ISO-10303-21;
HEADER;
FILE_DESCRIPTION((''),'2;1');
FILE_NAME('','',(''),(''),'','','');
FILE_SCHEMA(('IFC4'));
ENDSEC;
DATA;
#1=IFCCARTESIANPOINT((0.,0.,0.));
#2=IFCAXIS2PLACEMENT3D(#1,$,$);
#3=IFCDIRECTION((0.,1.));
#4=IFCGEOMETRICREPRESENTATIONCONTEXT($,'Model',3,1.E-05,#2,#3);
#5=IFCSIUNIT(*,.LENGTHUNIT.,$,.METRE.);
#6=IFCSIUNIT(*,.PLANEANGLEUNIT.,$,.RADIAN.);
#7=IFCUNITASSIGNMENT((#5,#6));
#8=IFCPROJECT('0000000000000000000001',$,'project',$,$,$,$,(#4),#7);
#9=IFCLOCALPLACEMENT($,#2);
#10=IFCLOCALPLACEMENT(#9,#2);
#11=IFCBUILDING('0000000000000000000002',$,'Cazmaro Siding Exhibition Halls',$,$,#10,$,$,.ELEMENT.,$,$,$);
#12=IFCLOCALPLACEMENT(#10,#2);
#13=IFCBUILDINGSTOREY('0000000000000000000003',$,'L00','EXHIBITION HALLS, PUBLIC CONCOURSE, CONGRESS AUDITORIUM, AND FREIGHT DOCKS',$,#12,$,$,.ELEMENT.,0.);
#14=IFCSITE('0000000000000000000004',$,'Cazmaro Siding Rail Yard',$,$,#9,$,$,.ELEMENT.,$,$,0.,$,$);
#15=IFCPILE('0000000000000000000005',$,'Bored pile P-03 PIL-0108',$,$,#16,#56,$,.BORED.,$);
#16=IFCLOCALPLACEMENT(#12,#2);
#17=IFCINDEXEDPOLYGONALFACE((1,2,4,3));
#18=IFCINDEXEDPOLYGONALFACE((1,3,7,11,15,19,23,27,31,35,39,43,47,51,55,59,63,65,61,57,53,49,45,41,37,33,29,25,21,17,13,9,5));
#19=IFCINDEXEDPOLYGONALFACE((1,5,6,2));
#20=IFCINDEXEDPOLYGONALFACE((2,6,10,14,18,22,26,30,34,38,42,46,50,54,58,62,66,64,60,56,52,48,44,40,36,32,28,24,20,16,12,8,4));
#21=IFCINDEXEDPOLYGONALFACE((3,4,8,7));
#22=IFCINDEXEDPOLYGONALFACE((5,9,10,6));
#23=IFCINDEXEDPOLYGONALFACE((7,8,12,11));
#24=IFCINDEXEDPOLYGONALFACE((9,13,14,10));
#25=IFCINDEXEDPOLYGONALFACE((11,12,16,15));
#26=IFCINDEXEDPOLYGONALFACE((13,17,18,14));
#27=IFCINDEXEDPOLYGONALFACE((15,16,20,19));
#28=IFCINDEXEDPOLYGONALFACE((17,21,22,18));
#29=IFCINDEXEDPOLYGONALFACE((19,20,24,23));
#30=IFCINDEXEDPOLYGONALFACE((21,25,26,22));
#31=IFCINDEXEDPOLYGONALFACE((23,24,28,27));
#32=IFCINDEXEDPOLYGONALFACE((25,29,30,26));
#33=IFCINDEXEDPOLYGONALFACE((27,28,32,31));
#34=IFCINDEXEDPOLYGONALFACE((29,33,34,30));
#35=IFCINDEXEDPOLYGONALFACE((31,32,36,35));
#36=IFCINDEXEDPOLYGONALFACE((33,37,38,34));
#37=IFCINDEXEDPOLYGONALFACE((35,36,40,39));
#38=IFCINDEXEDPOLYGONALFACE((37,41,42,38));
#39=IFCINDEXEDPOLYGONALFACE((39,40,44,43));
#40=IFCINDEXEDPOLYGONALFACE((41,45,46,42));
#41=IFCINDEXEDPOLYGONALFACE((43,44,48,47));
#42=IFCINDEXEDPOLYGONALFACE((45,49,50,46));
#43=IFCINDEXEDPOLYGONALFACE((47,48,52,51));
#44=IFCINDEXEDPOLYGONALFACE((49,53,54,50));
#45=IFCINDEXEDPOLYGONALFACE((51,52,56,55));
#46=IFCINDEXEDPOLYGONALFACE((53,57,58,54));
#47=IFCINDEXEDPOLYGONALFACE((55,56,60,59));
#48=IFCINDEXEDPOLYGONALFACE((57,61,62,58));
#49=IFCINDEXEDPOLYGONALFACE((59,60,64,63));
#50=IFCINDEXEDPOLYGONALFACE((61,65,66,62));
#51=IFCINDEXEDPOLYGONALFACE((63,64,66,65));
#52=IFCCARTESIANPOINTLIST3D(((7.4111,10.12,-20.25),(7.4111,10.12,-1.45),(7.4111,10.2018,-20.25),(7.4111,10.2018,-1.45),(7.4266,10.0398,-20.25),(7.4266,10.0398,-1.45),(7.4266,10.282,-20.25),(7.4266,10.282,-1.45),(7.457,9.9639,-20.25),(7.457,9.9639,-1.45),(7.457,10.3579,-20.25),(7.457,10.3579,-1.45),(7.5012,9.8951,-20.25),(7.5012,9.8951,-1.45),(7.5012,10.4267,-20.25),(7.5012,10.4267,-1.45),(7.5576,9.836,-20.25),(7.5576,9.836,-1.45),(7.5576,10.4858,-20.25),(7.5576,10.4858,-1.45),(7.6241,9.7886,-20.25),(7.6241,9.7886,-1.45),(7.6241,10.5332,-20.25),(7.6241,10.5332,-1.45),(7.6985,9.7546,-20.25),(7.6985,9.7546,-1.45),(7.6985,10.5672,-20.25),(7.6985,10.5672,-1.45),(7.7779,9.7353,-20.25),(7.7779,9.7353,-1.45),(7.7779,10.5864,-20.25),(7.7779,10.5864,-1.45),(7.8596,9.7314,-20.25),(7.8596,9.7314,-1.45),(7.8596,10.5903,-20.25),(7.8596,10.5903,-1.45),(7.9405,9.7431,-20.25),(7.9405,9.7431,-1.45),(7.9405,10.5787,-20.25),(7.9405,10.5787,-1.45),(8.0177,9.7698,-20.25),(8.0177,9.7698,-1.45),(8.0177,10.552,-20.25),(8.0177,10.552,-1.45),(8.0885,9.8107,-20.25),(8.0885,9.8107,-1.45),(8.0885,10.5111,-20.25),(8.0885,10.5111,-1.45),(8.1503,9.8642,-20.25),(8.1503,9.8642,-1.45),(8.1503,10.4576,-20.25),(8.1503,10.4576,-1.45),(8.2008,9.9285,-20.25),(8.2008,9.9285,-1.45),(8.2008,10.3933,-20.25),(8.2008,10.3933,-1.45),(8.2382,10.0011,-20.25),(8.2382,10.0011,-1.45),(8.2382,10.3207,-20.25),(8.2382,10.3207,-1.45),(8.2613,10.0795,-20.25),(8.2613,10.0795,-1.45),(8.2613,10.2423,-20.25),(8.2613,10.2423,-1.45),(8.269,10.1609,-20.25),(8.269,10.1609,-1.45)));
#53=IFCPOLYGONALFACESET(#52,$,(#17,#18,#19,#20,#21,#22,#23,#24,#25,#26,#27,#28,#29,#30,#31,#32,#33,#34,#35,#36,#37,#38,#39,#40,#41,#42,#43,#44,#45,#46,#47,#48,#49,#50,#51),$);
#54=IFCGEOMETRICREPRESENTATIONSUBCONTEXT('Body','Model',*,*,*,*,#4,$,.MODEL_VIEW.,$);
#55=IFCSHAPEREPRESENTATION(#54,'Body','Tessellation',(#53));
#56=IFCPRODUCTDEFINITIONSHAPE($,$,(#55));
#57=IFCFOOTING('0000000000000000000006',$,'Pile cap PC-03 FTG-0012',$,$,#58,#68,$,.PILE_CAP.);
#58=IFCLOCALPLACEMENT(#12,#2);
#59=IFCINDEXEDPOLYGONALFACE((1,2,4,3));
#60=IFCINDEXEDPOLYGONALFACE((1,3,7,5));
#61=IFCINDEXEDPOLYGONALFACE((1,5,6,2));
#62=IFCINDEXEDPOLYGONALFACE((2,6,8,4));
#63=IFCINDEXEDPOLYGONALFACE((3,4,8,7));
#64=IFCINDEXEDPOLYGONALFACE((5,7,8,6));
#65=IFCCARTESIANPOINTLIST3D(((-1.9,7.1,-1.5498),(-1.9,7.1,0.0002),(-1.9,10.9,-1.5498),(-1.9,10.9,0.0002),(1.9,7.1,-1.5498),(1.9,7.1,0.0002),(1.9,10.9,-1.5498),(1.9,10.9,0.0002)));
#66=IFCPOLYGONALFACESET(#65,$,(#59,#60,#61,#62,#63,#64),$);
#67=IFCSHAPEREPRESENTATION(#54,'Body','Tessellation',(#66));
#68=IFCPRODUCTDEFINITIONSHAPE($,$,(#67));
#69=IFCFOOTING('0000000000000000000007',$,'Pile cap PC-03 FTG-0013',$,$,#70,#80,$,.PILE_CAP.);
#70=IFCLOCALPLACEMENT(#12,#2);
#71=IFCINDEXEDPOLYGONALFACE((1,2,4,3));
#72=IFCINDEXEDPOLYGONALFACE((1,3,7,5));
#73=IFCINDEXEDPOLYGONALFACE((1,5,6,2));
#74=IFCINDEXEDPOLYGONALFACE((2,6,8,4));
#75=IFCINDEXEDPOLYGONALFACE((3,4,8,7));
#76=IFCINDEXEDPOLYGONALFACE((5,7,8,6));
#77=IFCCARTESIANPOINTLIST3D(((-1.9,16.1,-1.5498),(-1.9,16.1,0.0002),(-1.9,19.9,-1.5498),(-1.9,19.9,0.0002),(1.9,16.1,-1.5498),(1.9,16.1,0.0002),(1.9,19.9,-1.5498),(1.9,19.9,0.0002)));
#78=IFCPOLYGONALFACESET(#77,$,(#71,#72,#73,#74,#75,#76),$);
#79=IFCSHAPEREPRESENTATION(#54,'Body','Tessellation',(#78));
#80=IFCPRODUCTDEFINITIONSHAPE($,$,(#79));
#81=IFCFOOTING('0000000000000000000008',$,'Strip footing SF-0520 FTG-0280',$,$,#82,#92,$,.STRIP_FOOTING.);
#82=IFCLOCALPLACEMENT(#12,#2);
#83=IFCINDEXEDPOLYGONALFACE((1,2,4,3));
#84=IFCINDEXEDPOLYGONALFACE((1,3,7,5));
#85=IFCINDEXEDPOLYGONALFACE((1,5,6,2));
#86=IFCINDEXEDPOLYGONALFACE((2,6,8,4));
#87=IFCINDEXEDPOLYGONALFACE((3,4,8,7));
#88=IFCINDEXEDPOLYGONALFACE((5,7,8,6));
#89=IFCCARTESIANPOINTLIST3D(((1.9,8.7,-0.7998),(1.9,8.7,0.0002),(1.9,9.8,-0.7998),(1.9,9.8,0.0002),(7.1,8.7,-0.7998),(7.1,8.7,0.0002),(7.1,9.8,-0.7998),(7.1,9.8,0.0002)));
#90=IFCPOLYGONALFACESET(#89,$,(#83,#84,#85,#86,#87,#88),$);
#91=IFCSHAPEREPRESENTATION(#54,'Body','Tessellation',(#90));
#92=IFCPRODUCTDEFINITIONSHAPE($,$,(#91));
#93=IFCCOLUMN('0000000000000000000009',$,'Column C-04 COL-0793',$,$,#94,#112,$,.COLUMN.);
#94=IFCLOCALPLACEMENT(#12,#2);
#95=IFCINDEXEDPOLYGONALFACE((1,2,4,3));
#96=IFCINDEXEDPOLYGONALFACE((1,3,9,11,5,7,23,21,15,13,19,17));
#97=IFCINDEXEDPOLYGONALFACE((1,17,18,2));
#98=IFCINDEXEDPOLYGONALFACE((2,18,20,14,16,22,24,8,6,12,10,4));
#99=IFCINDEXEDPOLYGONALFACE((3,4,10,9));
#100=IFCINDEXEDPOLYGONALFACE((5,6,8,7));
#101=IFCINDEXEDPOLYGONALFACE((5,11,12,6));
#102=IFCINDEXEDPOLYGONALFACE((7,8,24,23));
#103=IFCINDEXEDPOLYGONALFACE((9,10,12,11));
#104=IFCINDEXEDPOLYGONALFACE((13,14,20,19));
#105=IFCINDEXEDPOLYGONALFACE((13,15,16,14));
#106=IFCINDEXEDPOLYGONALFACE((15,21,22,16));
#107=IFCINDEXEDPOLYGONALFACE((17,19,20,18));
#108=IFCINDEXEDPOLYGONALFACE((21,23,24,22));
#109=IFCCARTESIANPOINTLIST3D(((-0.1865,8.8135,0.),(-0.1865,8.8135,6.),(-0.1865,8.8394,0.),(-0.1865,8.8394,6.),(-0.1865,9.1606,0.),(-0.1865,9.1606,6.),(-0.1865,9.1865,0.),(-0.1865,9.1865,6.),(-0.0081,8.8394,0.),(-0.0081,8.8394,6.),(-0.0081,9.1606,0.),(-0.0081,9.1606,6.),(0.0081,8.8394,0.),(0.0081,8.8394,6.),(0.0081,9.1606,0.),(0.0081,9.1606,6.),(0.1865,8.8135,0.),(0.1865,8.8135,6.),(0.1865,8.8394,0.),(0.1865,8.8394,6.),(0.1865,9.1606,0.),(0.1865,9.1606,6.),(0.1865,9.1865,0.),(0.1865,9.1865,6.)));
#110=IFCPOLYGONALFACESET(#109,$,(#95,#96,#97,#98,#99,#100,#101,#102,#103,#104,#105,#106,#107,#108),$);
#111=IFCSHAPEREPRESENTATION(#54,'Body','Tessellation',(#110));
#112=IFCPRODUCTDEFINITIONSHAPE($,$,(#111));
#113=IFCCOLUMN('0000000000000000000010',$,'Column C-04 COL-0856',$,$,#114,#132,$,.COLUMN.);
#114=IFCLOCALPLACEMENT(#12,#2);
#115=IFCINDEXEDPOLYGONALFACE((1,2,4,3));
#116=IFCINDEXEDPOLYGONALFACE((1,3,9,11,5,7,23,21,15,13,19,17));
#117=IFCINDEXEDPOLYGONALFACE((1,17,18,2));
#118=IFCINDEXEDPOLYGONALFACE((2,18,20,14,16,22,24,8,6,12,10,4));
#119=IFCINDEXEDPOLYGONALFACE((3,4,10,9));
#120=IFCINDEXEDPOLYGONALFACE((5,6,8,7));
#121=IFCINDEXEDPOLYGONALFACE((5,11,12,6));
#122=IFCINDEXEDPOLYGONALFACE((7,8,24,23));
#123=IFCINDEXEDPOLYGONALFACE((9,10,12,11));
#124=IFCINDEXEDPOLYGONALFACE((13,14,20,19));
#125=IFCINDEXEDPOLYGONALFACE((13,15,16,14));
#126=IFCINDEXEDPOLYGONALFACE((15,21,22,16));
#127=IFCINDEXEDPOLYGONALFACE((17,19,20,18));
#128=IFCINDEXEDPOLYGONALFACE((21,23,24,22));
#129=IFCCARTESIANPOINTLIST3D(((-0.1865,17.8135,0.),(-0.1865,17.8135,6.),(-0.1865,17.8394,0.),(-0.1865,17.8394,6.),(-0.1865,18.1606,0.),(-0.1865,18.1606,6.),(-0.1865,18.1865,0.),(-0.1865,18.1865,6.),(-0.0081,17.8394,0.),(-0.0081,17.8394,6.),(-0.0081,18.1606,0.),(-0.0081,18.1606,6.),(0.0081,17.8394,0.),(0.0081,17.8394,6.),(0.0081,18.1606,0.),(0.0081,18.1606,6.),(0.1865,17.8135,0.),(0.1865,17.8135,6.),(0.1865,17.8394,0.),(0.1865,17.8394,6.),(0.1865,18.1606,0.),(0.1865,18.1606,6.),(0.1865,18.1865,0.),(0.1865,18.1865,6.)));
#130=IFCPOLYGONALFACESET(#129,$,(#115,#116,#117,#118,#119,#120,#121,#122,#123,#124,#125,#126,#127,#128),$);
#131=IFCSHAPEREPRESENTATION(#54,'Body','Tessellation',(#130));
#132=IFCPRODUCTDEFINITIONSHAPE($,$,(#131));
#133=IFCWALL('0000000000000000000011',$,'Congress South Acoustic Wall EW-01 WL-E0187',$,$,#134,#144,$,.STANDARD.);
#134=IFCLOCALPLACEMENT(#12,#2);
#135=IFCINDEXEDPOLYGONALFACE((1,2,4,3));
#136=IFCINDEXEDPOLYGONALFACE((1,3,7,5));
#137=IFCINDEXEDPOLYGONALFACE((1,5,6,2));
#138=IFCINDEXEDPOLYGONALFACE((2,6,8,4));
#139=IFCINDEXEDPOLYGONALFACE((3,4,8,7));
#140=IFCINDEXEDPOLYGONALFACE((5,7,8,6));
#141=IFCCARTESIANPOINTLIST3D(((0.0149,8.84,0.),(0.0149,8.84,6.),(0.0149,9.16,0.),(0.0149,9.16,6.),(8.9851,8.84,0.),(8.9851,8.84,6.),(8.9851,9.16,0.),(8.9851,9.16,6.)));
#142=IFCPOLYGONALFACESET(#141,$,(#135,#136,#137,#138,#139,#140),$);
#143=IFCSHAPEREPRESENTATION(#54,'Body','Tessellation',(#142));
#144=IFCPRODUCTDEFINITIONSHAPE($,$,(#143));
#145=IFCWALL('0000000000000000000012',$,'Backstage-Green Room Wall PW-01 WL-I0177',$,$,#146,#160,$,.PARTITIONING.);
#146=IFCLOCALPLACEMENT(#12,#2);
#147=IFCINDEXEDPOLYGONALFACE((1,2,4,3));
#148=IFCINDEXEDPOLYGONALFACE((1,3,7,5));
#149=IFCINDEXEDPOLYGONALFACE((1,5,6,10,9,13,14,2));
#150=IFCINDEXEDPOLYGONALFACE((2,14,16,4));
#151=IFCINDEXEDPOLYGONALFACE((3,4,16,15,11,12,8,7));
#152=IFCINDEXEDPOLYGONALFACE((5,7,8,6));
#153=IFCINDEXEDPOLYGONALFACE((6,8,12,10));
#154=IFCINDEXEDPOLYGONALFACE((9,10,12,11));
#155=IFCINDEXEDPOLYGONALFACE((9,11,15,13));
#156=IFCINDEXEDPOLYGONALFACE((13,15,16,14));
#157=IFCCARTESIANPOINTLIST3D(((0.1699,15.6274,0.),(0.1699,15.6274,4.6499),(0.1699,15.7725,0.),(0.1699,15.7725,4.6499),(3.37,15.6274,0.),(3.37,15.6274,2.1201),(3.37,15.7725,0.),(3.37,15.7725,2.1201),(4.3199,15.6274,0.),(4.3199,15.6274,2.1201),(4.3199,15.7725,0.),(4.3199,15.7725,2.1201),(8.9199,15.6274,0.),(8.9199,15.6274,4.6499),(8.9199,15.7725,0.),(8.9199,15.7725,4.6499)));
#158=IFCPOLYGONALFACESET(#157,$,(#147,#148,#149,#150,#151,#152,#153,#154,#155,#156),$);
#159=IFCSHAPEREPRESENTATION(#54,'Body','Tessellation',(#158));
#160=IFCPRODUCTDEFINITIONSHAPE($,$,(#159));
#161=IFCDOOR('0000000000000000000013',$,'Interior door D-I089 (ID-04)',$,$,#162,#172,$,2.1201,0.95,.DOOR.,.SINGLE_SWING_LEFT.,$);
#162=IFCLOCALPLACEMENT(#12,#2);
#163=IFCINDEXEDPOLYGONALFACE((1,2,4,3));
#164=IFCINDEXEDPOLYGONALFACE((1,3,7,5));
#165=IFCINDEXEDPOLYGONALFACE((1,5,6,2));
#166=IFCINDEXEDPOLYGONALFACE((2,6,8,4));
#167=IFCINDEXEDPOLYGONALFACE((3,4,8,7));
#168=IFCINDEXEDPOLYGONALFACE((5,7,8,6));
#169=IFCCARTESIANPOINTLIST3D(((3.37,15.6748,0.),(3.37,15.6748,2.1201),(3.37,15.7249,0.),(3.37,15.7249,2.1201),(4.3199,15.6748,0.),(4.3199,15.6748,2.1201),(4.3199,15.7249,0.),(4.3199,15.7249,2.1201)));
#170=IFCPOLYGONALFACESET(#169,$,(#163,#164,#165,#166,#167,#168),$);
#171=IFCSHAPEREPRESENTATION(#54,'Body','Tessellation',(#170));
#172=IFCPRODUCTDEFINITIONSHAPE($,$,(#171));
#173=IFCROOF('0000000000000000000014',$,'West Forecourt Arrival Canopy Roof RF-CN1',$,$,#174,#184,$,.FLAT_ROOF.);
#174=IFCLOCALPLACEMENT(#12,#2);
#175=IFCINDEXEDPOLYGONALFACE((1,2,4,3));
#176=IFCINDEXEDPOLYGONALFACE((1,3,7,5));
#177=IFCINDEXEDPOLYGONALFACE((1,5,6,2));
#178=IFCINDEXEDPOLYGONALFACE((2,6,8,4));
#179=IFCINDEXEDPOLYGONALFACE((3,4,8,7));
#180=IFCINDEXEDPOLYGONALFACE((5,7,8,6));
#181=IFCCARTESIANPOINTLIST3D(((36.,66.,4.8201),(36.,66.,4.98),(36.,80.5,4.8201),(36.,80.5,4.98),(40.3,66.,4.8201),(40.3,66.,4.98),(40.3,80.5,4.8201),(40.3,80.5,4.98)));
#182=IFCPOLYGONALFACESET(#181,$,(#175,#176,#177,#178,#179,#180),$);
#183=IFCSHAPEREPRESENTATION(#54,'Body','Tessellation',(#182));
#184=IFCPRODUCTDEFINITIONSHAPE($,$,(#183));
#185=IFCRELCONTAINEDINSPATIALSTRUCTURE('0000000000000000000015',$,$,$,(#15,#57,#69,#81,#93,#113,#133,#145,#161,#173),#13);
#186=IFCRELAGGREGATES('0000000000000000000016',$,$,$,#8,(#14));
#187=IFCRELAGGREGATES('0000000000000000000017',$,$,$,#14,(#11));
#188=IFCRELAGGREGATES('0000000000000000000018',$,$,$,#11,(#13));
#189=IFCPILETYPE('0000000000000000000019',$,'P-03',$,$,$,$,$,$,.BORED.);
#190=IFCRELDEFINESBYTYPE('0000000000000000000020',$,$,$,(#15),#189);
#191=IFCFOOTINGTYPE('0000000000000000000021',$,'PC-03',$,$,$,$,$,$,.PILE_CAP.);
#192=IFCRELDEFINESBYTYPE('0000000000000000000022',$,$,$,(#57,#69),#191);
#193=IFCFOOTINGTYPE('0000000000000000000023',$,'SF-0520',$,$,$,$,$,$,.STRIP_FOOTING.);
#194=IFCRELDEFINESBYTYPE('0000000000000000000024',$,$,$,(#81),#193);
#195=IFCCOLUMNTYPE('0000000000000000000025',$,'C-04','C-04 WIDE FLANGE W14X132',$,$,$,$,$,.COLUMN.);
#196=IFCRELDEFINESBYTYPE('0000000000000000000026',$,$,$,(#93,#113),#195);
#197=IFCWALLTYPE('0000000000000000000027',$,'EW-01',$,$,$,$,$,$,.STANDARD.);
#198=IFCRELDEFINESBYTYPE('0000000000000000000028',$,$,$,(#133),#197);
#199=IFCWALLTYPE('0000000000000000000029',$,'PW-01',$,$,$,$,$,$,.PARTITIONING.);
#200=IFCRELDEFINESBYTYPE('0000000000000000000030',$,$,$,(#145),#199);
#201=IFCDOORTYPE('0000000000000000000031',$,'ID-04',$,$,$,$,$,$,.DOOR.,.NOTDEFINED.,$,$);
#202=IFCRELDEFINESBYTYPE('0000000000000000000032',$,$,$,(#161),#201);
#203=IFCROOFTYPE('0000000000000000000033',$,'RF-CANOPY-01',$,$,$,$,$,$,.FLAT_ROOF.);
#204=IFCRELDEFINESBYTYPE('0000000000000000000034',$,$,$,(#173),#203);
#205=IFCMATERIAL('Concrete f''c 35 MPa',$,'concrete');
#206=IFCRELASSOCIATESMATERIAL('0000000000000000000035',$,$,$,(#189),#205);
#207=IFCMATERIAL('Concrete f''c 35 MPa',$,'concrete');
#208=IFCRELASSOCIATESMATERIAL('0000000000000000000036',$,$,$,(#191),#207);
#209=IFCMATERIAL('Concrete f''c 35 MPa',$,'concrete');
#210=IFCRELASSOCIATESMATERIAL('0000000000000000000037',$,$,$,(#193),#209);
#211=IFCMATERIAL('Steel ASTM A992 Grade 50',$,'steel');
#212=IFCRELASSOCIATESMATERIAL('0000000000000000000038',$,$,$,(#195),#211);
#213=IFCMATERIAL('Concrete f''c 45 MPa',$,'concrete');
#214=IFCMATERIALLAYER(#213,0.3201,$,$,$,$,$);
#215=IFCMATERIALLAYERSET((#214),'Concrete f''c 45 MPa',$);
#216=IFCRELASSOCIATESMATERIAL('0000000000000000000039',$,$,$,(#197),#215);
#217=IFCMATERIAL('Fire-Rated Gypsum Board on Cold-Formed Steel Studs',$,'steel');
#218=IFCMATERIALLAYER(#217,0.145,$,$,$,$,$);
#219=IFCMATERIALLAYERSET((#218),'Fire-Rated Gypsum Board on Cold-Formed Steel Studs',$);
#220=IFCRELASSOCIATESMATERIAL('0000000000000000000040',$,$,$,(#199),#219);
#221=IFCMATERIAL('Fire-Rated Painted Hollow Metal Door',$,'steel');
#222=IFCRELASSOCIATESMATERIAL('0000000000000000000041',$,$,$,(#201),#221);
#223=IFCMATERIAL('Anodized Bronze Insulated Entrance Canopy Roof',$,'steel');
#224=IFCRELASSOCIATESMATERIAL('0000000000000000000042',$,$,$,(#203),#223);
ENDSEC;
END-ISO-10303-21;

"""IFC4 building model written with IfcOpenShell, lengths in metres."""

from ifc_helpers import new_model, si_unit, direction, frame, frame_2d, origin, origin_2d, place, context, subcontext, project, spatial, polyline, rectangle, circle, i_section, outline, extrude, material, layer, layer_set, material_profile, profile_set, type_object, element, fill, save


model = new_model("IFC4")

# Units and contexts
model_context = context("Model", 3, precision=1e-05, world=origin(), true_north=direction((0.0, 1.0)))
body_context = subcontext(model_context, "Body", "Model", "MODEL_VIEW")
ifc_project = project(units=[si_unit("LENGTHUNIT", "METRE"), si_unit("PLANEANGLEUNIT", "RADIAN")], contexts=[model_context])

# Site, building, storey
site_placement = place(None, origin())
site = spatial("IfcSite", under=ifc_project, at=site_placement, Name="Cazmaro Siding Rail Yard", CompositionType="ELEMENT", RefElevation=0.0)
building_placement = place(site_placement, origin())
building = spatial("IfcBuilding", under=site, at=building_placement, Name="Cazmaro Siding Exhibition Halls", CompositionType="ELEMENT")
storey_placement = place(building_placement, origin())
storey = spatial("IfcBuildingStorey", under=building, at=storey_placement, Name="L00", Description="EXHIBITION HALLS, PUBLIC CONCOURSE, CONGRESS AUDITORIUM, AND FREIGHT DOCKS", CompositionType="ELEMENT", Elevation=0.0)

# Pile
ifc_material_1 = material(Name="Concrete f'c 35 MPa", Category="concrete")
ifc_material_profile_1 = material_profile(ifc_material_1, circle(Radius=0.4299, at=origin_2d()), Name="CIDH-860")
ifc_profile_set_1 = profile_set([ifc_material_profile_1], Name="Concrete f'c 35 MPa")
pile_type = type_object("IfcPileType", Name="P-03", PredefinedType="BORED", material=ifc_profile_set_1)
for number, where, z_axis, x_axis, name in (
    (1, (7.8391, 10.1609, -1.45), (0.0, 0.0, -1.0), (1.0, 0.0, 0.0), "Bored pile P-03 PIL-0108"),
):
    element("IfcPile", number, at=place(storey_placement, frame(where, z_axis=z_axis, x_axis=x_axis)), inside=storey, type_object=pile_type, Name=name, PredefinedType="BORED", context=body_context, shape_type="SweptSolid", body=[
        extrude(circle(Radius=0.4299, at=origin_2d()), origin(), (0.0, 0.0, 1.0), 18.8),
    ])

# Footings
ifc_material_2 = material(Name="Concrete f'c 35 MPa", Category="concrete")
footing_type_1 = type_object("IfcFootingType", Name="PC-03", PredefinedType="PILE_CAP", material=ifc_material_2)
for number, where, z_axis, x_axis, name in (
    (2, (0.0, 9.0, -1.5498), (0.0, 0.0, 1.0), (1.0, 0.0, 0.0), "Pile cap PC-03 FTG-0012"),
    (3, (0.0, 18.0, -1.5498), (0.0, 0.0, 1.0), (1.0, 0.0, 0.0), "Pile cap PC-03 FTG-0013"),
):
    element("IfcFooting", number, at=place(storey_placement, frame(where, z_axis=z_axis, x_axis=x_axis)), inside=storey, type_object=footing_type_1, Name=name, PredefinedType="PILE_CAP", context=body_context, shape_type="SweptSolid", body=[
        extrude(rectangle(XDim=3.8, YDim=3.8, at=origin_2d()), origin(), (0.0, 0.0, 1.0), 1.55),
    ])
ifc_material_3 = material(Name="Concrete f'c 35 MPa", Category="concrete")
footing_type_2 = type_object("IfcFootingType", Name="SF-0520", PredefinedType="STRIP_FOOTING", material=ifc_material_3)
footing_placement = place(storey_placement, frame((4.5, 9.25, -0.7998), z_axis=(0.0, 0.0, 1.0), x_axis=(1.0, 0.0, 0.0)))
element("IfcFooting", 4, at=footing_placement, inside=storey, type_object=footing_type_2, Name="Strip footing SF-0520 FTG-0280", PredefinedType="STRIP_FOOTING", context=body_context, shape_type="SweptSolid", body=[
    extrude(rectangle(XDim=5.2, YDim=1.1001, at=origin_2d()), origin(), (0.0, 0.0, 1.0), 0.8),
])

# Columns
ifc_material_4 = material(Name="Steel ASTM A992 Grade 50", Category="steel")
ifc_material_profile_2 = material_profile(ifc_material_4, i_section(OverallWidth=0.373, OverallDepth=0.373, WebThickness=0.0161, FlangeThickness=0.0259, at=origin_2d()), Name="W14X132")
ifc_profile_set_2 = profile_set([ifc_material_profile_2], Name="Steel ASTM A992 Grade 50")
column_type = type_object("IfcColumnType", Name="C-04", Description="C-04 WIDE FLANGE W14X132", PredefinedType="COLUMN", material=ifc_profile_set_2)
for number, where, z_axis, x_axis, name in (
    (5, (0.0, 9.0, 0.0), (0.0, 0.0, 1.0), (1.0, 0.0, 0.0), "Column C-04 COL-0793"),
    (6, (0.0, 18.0, 0.0), (0.0, 0.0, 1.0), (1.0, 0.0, 0.0), "Column C-04 COL-0856"),
):
    element("IfcColumn", number, at=place(storey_placement, frame(where, z_axis=z_axis, x_axis=x_axis)), inside=storey, type_object=column_type, Name=name, PredefinedType="COLUMN", context=body_context, shape_type="SweptSolid", body=[
        extrude(i_section(OverallWidth=0.373, OverallDepth=0.373, WebThickness=0.0161, FlangeThickness=0.0259, at=origin_2d()), origin(), (0.0, 0.0, 1.0), 6.0),
    ])

# Wall
ifc_material_5 = material(Name="Concrete f'c 45 MPa", Category="concrete")
ifc_layer_1 = layer(ifc_material_5, 0.3201)
ifc_layer_set_1 = layer_set([ifc_layer_1], Name="Concrete f'c 45 MPa")
wall_type_1 = type_object("IfcWallType", Name="EW-01", PredefinedType="STANDARD", material=ifc_layer_set_1)
wall_1_placement = place(storey_placement, frame((8.9851, 9.0, 0.0), z_axis=(0.0, 0.0, 1.0), x_axis=(-1.0, 0.0, 0.0)))
element("IfcWall", 7, at=wall_1_placement, inside=storey, type_object=wall_type_1, Name="Congress South Acoustic Wall EW-01 WL-E0187", PredefinedType="STANDARD", context=body_context, shape_type="SweptSolid", body=[
    extrude(rectangle(XDim=8.9702, YDim=0.3201, at=frame_2d((4.4851, 0.0))), origin(), (0.0, 0.0, 1.0), 6.0),
])

# Wall, opening, door
ifc_material_6 = material(Name="Fire-Rated Gypsum Board on Cold-Formed Steel Studs", Category="steel")
ifc_layer_2 = layer(ifc_material_6, 0.145)
ifc_layer_set_2 = layer_set([ifc_layer_2], Name="Fire-Rated Gypsum Board on Cold-Formed Steel Studs")
wall_type_2 = type_object("IfcWallType", Name="PW-01", PredefinedType="PARTITIONING", material=ifc_layer_set_2)
wall_2_placement = place(storey_placement, frame((0.1699, 15.7, 0.0), z_axis=(0.0, 0.0, 1.0), x_axis=(1.0, 0.0, 0.0)))
wall_2 = element("IfcWall", 8, at=wall_2_placement, inside=storey, type_object=wall_type_2, Name="Backstage-Green Room Wall PW-01 WL-I0177", PredefinedType="PARTITIONING", context=body_context, shape_type="SweptSolid", body=[
    extrude(rectangle(XDim=8.75, YDim=0.145, at=frame_2d((4.375, 0.0))), origin(), (0.0, 0.0, 1.0), 4.6499),
])
opening_1_placement = place(wall_2_placement, frame((3.2, 0.0, 0.0)))
opening_1 = element("IfcOpeningElement", 9, at=opening_1_placement, cuts=wall_2, PredefinedType="OPENING", context=body_context, shape_type="SweptSolid", body=[
    extrude(rectangle(XDim=0.95, YDim=2.1201, at=frame_2d((0.4751, 1.0601))), frame((0.0, 0.0825, 0.0), z_axis=(0.0, -1.0, 0.0), x_axis=(1.0, 0.0, 0.0)), (0.0, 0.0, 1.0), 0.165),
])
ifc_material_7 = material(Name="Fire-Rated Painted Hollow Metal Door", Category="steel")
door_type_1 = type_object("IfcDoorType", Name="ID-04", OperationType="NOTDEFINED", PredefinedType="DOOR", material=ifc_material_7)
door_1_placement = place(opening_1_placement, origin())
door_1 = element("IfcDoor", 10, at=door_1_placement, inside=storey, type_object=door_type_1, Name="Interior door D-I089 (ID-04)", OperationType="SINGLE_SWING_LEFT", OverallHeight=2.1201, OverallWidth=0.95, PredefinedType="DOOR", context=body_context, shape_type="SweptSolid", body=[
    extrude(rectangle(XDim=0.95, YDim=2.1201, at=frame_2d((0.4751, 1.0601))), frame((0.0, 0.0249, 0.0), z_axis=(0.0, -1.0, 0.0), x_axis=(1.0, 0.0, 0.0)), (0.0, 0.0, 1.0), 0.05),
])
fill(opening_1, door_1)

# Roof
ifc_material_8 = material(Name="Anodized Bronze Insulated Entrance Canopy Roof", Category="steel")
roof_type = type_object("IfcRoofType", Name="RF-CANOPY-01", PredefinedType="FLAT_ROOF", material=ifc_material_8)
roof_placement = place(storey_placement, frame((0.0, 0.0, 4.8201)))
element("IfcRoof", 11, at=roof_placement, inside=storey, type_object=roof_type, Name="West Forecourt Arrival Canopy Roof RF-CN1", PredefinedType="FLAT_ROOF", context=body_context, shape_type="SweptSolid", body=[
    extrude(outline(polyline([(36.0, 66.0), (40.3, 66.0), (40.3, 80.5), (36.0, 80.5), (36.0, 66.0)])), origin(), (0.0, 0.0, 1.0), 0.1599),
])

save(model, "model.ifc")
